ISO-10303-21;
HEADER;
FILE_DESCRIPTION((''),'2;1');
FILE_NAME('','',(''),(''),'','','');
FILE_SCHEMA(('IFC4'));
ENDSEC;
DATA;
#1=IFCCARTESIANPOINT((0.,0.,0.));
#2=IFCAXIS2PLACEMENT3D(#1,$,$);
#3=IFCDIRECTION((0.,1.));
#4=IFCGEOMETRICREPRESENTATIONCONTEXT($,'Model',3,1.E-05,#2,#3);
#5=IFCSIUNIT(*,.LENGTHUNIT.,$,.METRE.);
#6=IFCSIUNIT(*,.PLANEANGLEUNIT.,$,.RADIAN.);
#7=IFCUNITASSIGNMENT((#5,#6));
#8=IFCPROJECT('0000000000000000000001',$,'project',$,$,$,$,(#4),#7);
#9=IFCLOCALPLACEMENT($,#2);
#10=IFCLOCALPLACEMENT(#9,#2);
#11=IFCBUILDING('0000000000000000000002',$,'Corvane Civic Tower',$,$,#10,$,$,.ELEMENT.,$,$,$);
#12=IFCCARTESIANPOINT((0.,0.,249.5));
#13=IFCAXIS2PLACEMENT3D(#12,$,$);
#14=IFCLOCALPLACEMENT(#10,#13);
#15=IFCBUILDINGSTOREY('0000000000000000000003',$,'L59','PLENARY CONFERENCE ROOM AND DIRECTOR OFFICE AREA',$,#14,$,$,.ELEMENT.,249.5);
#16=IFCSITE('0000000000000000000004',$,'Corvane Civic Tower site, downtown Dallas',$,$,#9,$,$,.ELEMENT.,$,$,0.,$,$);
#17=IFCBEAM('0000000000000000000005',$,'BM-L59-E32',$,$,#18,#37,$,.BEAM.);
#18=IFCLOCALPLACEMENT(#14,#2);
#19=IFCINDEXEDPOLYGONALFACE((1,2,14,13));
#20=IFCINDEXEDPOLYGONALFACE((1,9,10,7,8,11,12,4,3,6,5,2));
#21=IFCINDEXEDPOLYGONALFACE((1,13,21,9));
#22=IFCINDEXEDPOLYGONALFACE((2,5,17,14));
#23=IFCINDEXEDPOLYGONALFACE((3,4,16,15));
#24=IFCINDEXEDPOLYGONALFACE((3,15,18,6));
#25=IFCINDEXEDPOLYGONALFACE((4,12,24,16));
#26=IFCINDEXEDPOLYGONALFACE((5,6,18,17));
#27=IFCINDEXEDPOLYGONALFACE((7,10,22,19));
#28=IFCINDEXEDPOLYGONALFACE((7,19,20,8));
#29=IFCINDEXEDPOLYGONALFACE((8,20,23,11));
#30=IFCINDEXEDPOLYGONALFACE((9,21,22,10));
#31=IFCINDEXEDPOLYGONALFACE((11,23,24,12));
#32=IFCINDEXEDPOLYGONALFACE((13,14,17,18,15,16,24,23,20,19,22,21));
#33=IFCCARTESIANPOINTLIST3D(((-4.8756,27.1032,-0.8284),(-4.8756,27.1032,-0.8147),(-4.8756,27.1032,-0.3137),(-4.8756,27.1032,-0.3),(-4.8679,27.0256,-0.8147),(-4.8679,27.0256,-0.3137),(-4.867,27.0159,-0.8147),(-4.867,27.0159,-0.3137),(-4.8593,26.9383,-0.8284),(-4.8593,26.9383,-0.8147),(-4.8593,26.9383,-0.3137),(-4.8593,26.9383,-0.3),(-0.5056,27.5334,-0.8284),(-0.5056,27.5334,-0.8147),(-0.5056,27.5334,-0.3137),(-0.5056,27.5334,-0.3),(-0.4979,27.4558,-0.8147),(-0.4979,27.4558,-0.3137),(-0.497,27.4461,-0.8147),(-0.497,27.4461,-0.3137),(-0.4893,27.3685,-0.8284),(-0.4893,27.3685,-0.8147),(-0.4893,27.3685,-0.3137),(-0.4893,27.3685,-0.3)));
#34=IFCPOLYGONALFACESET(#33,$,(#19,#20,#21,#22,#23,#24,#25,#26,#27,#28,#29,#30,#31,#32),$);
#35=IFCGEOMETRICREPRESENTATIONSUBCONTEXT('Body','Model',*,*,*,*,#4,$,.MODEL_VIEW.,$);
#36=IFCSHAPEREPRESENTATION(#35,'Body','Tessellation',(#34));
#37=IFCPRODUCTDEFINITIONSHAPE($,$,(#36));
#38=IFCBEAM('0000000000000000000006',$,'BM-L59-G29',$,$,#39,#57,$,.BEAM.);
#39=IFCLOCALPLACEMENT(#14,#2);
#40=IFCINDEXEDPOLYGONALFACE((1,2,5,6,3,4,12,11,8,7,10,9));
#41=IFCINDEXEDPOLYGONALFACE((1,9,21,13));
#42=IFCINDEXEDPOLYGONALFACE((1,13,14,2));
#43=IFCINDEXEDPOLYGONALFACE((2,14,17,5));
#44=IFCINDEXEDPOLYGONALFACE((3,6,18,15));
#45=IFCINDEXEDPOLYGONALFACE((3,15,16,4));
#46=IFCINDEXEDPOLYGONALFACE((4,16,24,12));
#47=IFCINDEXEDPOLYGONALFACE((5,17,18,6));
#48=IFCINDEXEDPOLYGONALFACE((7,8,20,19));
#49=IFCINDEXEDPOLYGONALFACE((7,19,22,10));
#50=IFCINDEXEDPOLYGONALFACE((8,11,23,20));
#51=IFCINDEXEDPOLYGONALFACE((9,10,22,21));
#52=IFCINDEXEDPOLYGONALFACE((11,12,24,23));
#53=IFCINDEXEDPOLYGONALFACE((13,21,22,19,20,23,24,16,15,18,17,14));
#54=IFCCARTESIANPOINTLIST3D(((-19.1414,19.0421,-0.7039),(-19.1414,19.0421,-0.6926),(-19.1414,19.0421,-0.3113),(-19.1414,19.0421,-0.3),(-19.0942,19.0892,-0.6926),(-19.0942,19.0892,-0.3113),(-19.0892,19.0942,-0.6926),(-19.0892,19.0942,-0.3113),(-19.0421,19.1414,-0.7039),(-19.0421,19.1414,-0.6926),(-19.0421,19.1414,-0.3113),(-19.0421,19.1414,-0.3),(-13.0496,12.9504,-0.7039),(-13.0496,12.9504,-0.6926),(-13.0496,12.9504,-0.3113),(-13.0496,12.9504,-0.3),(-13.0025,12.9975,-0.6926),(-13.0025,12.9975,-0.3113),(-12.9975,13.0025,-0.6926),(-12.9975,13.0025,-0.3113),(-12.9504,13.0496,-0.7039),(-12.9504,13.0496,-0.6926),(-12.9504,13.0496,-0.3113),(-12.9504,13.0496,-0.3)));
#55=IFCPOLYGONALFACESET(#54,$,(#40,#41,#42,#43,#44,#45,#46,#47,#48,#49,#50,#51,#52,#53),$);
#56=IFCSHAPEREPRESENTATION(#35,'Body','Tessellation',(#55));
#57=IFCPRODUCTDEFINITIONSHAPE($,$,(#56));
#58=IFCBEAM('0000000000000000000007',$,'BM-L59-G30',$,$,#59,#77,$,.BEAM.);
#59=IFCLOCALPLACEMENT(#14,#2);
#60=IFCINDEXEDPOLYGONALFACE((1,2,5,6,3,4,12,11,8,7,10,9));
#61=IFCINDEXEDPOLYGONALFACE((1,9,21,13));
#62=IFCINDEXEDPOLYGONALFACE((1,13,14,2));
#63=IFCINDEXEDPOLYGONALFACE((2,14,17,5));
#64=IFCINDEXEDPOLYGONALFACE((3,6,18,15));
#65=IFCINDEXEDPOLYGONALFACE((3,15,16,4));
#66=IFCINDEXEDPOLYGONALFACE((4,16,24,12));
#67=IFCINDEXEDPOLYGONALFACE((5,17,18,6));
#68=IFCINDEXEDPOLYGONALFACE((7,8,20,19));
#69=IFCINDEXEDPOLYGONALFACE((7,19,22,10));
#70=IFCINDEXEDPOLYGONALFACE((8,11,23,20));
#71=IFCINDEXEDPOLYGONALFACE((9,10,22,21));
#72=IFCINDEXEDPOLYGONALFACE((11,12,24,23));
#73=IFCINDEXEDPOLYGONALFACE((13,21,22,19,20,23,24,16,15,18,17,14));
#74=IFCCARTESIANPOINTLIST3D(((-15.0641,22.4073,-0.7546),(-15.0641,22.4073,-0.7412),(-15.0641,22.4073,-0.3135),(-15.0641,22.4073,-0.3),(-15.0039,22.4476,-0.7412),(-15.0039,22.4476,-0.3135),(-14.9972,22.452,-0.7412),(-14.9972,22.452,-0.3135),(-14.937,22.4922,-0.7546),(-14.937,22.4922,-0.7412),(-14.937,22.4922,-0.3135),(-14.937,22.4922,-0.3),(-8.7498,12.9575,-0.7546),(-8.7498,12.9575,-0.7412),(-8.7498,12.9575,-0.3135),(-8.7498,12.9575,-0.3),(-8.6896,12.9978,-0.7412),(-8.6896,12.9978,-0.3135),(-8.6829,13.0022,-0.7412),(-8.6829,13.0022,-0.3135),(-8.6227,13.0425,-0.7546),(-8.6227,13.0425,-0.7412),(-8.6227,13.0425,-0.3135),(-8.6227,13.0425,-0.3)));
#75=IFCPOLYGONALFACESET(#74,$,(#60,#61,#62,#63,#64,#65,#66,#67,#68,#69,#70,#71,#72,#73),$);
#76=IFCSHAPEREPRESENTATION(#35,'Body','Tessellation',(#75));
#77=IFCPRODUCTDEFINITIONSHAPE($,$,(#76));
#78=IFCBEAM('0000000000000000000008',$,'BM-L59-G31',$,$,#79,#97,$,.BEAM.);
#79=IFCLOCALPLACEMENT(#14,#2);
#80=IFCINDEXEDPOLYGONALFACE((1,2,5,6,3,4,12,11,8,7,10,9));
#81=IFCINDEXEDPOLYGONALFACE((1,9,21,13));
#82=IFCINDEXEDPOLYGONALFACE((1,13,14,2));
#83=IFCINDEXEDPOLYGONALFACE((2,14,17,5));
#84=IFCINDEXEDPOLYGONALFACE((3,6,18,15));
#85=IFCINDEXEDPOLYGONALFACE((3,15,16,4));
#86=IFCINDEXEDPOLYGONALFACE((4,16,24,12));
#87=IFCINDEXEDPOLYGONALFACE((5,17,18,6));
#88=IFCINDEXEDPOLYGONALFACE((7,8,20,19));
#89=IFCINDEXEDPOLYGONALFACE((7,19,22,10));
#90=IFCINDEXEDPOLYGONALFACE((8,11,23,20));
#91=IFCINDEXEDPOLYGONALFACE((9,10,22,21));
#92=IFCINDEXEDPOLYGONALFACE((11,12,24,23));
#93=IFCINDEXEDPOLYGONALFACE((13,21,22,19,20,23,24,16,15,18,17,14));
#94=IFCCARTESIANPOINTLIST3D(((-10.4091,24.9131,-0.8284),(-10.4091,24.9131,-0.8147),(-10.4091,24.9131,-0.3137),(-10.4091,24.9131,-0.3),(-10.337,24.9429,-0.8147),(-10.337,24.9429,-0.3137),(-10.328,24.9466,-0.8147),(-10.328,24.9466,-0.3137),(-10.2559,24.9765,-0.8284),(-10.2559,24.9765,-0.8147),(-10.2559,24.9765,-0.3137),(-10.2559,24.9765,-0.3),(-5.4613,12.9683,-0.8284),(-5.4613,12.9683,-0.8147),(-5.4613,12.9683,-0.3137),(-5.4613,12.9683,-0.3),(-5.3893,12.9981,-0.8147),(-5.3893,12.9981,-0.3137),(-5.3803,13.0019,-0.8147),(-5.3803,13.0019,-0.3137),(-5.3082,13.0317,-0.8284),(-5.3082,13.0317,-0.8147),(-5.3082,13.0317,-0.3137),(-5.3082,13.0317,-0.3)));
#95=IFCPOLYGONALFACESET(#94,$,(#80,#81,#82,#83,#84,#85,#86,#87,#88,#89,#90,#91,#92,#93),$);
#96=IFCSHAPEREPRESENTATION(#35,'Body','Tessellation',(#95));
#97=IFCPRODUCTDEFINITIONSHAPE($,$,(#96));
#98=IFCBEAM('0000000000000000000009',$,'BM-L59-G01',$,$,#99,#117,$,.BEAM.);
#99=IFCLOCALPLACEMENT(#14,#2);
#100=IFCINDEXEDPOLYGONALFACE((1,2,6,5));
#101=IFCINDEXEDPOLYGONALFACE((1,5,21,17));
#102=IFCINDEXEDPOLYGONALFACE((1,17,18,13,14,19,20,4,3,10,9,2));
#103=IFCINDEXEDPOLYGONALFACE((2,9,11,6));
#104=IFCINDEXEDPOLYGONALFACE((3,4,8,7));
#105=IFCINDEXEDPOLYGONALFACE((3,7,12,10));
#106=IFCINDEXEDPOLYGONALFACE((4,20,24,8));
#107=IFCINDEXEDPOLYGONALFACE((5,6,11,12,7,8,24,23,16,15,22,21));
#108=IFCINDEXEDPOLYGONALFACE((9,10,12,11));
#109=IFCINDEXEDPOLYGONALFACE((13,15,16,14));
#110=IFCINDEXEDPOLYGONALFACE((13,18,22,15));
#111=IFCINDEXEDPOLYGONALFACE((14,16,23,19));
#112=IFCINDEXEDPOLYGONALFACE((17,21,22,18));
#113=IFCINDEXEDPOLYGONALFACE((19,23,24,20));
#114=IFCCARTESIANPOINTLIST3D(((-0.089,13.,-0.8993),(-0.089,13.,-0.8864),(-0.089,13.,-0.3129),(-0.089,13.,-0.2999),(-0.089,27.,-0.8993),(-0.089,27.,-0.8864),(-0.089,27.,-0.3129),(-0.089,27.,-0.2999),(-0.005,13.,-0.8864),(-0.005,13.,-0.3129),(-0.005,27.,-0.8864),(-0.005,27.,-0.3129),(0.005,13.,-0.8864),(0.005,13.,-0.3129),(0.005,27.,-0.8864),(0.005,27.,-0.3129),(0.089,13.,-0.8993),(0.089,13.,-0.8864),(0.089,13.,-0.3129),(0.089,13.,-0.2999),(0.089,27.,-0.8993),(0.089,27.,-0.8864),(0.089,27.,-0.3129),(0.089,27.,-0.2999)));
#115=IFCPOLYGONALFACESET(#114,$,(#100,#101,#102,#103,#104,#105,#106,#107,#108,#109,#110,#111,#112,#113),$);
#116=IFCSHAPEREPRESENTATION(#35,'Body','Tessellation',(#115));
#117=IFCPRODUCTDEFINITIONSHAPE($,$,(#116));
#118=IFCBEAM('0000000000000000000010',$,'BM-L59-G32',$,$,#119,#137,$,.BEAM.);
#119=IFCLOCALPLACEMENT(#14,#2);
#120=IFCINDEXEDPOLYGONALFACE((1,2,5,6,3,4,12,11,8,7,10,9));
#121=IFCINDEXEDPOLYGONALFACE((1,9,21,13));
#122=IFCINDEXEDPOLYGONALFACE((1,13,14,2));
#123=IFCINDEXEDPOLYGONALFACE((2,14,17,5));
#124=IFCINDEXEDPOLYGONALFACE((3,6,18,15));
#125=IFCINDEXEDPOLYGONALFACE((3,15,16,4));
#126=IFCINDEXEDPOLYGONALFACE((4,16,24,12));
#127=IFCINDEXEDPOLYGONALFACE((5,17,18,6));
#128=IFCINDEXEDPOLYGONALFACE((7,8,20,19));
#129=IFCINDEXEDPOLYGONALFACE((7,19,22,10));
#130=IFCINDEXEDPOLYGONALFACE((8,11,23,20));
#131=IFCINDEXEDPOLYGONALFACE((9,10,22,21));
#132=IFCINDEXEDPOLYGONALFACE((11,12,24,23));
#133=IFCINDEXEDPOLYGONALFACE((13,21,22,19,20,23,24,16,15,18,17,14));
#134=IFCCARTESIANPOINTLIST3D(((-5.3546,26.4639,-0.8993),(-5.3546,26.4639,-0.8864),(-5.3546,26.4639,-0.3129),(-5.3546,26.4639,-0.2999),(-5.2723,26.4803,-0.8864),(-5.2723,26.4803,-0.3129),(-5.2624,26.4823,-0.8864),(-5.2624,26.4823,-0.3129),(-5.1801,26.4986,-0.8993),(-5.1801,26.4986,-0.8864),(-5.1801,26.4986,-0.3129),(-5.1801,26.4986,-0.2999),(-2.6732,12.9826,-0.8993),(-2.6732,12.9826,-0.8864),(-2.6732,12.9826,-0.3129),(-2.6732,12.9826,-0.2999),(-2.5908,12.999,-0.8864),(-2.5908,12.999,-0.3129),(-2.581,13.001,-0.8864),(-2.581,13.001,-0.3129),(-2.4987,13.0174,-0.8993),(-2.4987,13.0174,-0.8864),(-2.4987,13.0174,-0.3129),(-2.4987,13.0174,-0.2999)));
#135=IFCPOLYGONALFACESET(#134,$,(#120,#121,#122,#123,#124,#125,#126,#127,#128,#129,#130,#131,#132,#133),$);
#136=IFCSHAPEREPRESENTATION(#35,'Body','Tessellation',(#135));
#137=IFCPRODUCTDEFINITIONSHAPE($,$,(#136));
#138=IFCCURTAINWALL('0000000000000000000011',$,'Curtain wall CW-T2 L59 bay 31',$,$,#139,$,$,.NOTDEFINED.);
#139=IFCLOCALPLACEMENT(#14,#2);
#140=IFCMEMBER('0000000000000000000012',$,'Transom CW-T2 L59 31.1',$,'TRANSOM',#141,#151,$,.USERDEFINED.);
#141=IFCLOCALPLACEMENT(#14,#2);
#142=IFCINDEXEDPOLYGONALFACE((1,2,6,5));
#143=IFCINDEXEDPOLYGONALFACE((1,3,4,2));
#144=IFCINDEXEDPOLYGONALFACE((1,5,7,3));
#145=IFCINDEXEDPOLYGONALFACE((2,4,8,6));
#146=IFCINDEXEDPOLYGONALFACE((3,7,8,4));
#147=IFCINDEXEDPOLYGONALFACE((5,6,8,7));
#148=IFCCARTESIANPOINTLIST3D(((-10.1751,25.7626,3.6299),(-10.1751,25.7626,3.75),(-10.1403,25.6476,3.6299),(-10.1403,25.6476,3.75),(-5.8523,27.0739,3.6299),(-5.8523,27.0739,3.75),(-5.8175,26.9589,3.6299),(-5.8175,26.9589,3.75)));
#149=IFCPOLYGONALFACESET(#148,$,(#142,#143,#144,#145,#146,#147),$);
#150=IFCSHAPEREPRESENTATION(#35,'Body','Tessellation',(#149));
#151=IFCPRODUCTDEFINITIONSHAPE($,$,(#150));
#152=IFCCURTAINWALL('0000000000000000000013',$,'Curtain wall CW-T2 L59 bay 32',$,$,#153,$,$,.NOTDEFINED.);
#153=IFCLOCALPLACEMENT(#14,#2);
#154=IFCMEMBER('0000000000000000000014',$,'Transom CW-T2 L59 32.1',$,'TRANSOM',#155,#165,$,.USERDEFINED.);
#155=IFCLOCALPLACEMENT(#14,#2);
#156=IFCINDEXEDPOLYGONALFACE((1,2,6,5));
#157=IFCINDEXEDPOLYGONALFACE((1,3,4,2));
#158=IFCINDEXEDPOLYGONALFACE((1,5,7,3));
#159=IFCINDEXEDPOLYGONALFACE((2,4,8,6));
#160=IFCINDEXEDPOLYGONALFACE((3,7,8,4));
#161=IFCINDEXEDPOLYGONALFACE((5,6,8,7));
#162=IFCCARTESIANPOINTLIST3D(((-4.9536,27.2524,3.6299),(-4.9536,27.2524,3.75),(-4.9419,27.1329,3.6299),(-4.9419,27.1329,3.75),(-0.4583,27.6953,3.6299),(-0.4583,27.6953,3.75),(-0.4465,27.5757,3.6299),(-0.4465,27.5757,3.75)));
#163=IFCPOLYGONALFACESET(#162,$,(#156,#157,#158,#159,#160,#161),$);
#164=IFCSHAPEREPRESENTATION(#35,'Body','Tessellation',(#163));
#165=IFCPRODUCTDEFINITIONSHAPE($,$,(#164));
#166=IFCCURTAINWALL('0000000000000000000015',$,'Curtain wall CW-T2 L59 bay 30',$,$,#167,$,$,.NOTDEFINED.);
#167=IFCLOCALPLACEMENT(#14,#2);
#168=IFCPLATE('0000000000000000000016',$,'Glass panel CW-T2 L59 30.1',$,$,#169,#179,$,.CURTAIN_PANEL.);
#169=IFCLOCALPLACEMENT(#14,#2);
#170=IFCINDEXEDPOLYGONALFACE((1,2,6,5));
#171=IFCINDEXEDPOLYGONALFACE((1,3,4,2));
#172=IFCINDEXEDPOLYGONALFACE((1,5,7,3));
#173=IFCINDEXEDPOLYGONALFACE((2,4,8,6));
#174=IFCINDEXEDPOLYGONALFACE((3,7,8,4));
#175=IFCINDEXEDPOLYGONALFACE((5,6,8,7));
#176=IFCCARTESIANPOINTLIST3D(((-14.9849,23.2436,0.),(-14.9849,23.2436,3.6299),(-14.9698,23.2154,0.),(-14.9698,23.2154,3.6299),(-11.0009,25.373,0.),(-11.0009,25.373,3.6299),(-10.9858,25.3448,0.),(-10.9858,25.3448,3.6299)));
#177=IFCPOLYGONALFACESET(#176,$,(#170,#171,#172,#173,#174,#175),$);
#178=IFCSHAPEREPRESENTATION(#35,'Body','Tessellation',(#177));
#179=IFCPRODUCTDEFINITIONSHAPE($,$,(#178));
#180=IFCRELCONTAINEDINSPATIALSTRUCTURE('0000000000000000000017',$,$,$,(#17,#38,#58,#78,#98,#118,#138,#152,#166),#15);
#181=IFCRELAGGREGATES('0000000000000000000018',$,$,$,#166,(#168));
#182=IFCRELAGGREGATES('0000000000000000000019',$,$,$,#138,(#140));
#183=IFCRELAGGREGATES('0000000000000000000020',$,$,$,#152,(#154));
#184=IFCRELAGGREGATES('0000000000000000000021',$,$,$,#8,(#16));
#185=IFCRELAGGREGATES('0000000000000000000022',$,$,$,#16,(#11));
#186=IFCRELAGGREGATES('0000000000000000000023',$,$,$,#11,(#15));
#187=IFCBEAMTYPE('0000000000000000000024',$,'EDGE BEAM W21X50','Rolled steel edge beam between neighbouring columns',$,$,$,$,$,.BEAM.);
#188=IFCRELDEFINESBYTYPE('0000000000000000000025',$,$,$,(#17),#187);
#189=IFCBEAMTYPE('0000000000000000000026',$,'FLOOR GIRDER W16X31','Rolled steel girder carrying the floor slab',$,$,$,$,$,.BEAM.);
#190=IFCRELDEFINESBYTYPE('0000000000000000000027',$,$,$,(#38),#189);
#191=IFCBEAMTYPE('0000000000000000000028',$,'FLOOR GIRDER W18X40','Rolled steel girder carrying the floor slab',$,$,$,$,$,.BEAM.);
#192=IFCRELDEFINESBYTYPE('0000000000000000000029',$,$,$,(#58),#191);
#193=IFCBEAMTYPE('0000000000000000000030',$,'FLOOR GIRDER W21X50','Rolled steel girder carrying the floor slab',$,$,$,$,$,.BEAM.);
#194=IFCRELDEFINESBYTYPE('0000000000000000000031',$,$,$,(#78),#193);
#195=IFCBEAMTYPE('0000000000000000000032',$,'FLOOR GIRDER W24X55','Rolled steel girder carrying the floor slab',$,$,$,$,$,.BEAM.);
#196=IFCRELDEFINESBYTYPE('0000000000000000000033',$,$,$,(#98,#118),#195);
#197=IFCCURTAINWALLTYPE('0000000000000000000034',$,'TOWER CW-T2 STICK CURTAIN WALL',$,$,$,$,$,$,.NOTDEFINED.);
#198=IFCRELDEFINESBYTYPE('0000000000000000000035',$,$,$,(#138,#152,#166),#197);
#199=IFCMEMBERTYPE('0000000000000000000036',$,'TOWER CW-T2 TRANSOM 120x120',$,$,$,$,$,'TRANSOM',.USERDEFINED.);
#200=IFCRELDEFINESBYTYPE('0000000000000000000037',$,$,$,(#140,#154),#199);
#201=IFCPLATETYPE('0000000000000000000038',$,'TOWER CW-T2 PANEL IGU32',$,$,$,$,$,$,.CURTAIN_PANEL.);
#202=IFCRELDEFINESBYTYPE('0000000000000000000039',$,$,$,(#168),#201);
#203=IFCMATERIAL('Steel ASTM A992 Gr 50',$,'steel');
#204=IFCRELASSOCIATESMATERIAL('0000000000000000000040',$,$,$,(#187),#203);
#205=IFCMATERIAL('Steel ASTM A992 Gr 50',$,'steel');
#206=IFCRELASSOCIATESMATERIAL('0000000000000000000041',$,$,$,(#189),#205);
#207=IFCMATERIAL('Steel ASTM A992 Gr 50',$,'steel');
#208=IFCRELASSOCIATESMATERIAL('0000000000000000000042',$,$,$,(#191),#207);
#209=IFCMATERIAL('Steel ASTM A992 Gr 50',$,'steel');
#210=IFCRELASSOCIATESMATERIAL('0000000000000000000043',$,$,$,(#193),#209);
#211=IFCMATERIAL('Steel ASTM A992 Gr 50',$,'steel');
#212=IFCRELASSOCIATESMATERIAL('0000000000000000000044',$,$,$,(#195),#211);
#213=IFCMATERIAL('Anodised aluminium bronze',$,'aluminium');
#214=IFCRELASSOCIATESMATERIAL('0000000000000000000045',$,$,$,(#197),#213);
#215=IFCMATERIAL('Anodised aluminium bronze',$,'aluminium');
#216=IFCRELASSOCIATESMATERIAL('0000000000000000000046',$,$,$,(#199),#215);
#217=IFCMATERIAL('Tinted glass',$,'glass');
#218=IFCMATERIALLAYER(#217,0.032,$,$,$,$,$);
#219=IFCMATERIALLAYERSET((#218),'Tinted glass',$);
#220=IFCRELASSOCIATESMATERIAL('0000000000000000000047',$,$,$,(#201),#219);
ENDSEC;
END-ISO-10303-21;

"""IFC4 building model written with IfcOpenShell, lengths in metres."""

from ifc_helpers import new_model, si_unit, direction, frame, origin, origin_2d, place, context, subcontext, project, spatial, rectangle, i_section, extrude, material, layer, layer_set, material_profile, profile_set, type_object, element, aggregate, save


model = new_model("IFC4")

# Units and contexts
model_context = context("Model", 3, precision=1e-05, world=origin(), true_north=direction((0.0, 1.0)))
body_context = subcontext(model_context, "Body", "Model", "MODEL_VIEW")
ifc_project = project(units=[si_unit("LENGTHUNIT", "METRE"), si_unit("PLANEANGLEUNIT", "RADIAN")], contexts=[model_context])

# Site, building, storey
site_placement = place(None, origin())
site = spatial("IfcSite", under=ifc_project, at=site_placement, Name="Corvane Civic Tower site, downtown Dallas", CompositionType="ELEMENT", RefElevation=0.0)
building_placement = place(site_placement, origin())
building = spatial("IfcBuilding", under=site, at=building_placement, Name="Corvane Civic Tower", CompositionType="ELEMENT")
storey_placement = place(building_placement, frame((0.0, 0.0, 249.5)))
storey = spatial("IfcBuildingStorey", under=building, at=storey_placement, Name="L59", Description="PLENARY CONFERENCE ROOM AND DIRECTOR OFFICE AREA", CompositionType="ELEMENT", Elevation=249.5)

# Beams
ifc_material_1 = material(Name="Steel ASTM A992 Gr 50", Category="steel")
ifc_material_profile_1 = material_profile(ifc_material_1, i_section(OverallWidth=0.1658, OverallDepth=0.5283, WebThickness=0.0098, FlangeThickness=0.0137, at=origin_2d()), Name="W21X50")
ifc_profile_set_1 = profile_set([ifc_material_profile_1], Name="Steel ASTM A992 Gr 50")
beam_type_1 = type_object("IfcBeamType", Name="EDGE BEAM W21X50", Description="Rolled steel edge beam between neighbouring columns", PredefinedType="BEAM", material=ifc_profile_set_1)
beam_1_placement = place(storey_placement, frame((-4.8674, 27.0208, -0.5642), z_axis=(0.99519, 0.097968, 0.0), x_axis=(-0.097968, 0.99519, 0.0)))
element("IfcBeam", 1, at=beam_1_placement, inside=storey, type_object=beam_type_1, Name="BM-L59-E32", PredefinedType="BEAM", context=body_context, shape_type="SweptSolid", body=[
    extrude(i_section(OverallWidth=0.1658, OverallDepth=0.5283, WebThickness=0.0098, FlangeThickness=0.0137, at=origin_2d()), origin(), (0.0, 0.0, 1.0), 4.3911),
])
ifc_material_2 = material(Name="Steel ASTM A992 Gr 50", Category="steel")
ifc_material_profile_2 = material_profile(ifc_material_2, i_section(OverallWidth=0.1404, OverallDepth=0.4038, WebThickness=0.0071, FlangeThickness=0.0112, at=origin_2d()), Name="W16X31")
ifc_profile_set_2 = profile_set([ifc_material_profile_2], Name="Steel ASTM A992 Gr 50")
beam_type_2 = type_object("IfcBeamType", Name="FLOOR GIRDER W16X31", Description="Rolled steel girder carrying the floor slab", PredefinedType="BEAM", material=ifc_profile_set_2)
beam_2_placement = place(storey_placement, frame((-13.0, 13.0, -0.502), z_axis=(-0.707107, 0.707107, 0.0), x_axis=(-0.707107, -0.707107, 0.0)))
element("IfcBeam", 2, at=beam_2_placement, inside=storey, type_object=beam_type_2, Name="BM-L59-G29", PredefinedType="BEAM", context=body_context, shape_type="SweptSolid", body=[
    extrude(i_section(OverallWidth=0.1404, OverallDepth=0.4038, WebThickness=0.0071, FlangeThickness=0.0112, at=origin_2d()), origin(), (0.0, 0.0, 1.0), 8.615),
])
ifc_material_3 = material(Name="Steel ASTM A992 Gr 50", Category="steel")
ifc_material_profile_3 = material_profile(ifc_material_3, i_section(OverallWidth=0.1528, OverallDepth=0.4546, WebThickness=0.0081, FlangeThickness=0.0134, at=origin_2d()), Name="W18X40")
ifc_profile_set_3 = profile_set([ifc_material_profile_3], Name="Steel ASTM A992 Gr 50")
beam_type_3 = type_object("IfcBeamType", Name="FLOOR GIRDER W18X40", Description="Rolled steel girder carrying the floor slab", PredefinedType="BEAM", material=ifc_profile_set_3)
beam_3_placement = place(storey_placement, frame((-8.6863, 13.0, -0.5273), z_axis=(-0.555577, 0.831465, 0.0), x_axis=(-0.831465, -0.555577, 0.0)))
element("IfcBeam", 3, at=beam_3_placement, inside=storey, type_object=beam_type_3, Name="BM-L59-G30", PredefinedType="BEAM", context=body_context, shape_type="SweptSolid", body=[
    extrude(i_section(OverallWidth=0.1528, OverallDepth=0.4546, WebThickness=0.0081, FlangeThickness=0.0134, at=origin_2d()), origin(), (0.0, 0.0, 1.0), 11.3652),
])
ifc_material_4 = material(Name="Steel ASTM A992 Gr 50", Category="steel")
ifc_material_profile_4 = material_profile(ifc_material_4, i_section(OverallWidth=0.1658, OverallDepth=0.5283, WebThickness=0.0098, FlangeThickness=0.0137, at=origin_2d()), Name="W21X50")
ifc_profile_set_4 = profile_set([ifc_material_profile_4], Name="Steel ASTM A992 Gr 50")
beam_type_4 = type_object("IfcBeamType", Name="FLOOR GIRDER W21X50", Description="Rolled steel girder carrying the floor slab", PredefinedType="BEAM", material=ifc_profile_set_4)
beam_4_placement = place(storey_placement, frame((-5.3848, 13.0, -0.5642), z_axis=(-0.382686, 0.923878, 0.0), x_axis=(-0.923878, -0.382686, 0.0)))
element("IfcBeam", 4, at=beam_4_placement, inside=storey, type_object=beam_type_4, Name="BM-L59-G31", PredefinedType="BEAM", context=body_context, shape_type="SweptSolid", body=[
    extrude(i_section(OverallWidth=0.1658, OverallDepth=0.5283, WebThickness=0.0098, FlangeThickness=0.0137, at=origin_2d()), origin(), (0.0, 0.0, 1.0), 12.929),
])
ifc_material_5 = material(Name="Steel ASTM A992 Gr 50", Category="steel")
ifc_material_profile_5 = material_profile(ifc_material_5, i_section(OverallWidth=0.178, OverallDepth=0.5994, WebThickness=0.01, FlangeThickness=0.0129, at=origin_2d()), Name="W24X55")
ifc_profile_set_5 = profile_set([ifc_material_profile_5], Name="Steel ASTM A992 Gr 50")
beam_type_5 = type_object("IfcBeamType", Name="FLOOR GIRDER W24X55", Description="Rolled steel girder carrying the floor slab", PredefinedType="BEAM", material=ifc_profile_set_5)
beam_5_placement = place(storey_placement, frame((0.0, 13.0, -0.5996), z_axis=(0.0, 1.0, 0.0), x_axis=(-1.0, 0.0, 0.0)))
element("IfcBeam", 5, at=beam_5_placement, inside=storey, type_object=beam_type_5, Name="BM-L59-G01", PredefinedType="BEAM", context=body_context, shape_type="SweptSolid", body=[
    extrude(i_section(OverallWidth=0.178, OverallDepth=0.5994, WebThickness=0.01, FlangeThickness=0.0129, at=origin_2d()), origin(), (0.0, 0.0, 1.0), 14.0),
])
beam_6_placement = place(storey_placement, frame((-2.5859, 13.0, -0.5996), z_axis=(-0.195078, 0.980788, 0.0), x_axis=(-0.980788, -0.195078, 0.0)))
element("IfcBeam", 6, at=beam_6_placement, inside=storey, type_object=beam_type_5, Name="BM-L59-G32", PredefinedType="BEAM", context=body_context, shape_type="SweptSolid", body=[
    extrude(i_section(OverallWidth=0.178, OverallDepth=0.5994, WebThickness=0.01, FlangeThickness=0.0129, at=origin_2d()), origin(), (0.0, 0.0, 1.0), 13.7454),
])

# Curtain walls, members
ifc_material_6 = material(Name="Anodised aluminium bronze", Category="aluminium")
curtain_wall_type = type_object("IfcCurtainWallType", Name="TOWER CW-T2 STICK CURTAIN WALL", PredefinedType="NOTDEFINED", material=ifc_material_6)
curtain_wall_1_placement = place(storey_placement, origin())
curtain_wall_1 = element("IfcCurtainWall", 7, at=curtain_wall_1_placement, inside=storey, type_object=curtain_wall_type, Name="Curtain wall CW-T2 L59 bay 31", PredefinedType="NOTDEFINED")
ifc_material_7 = material(Name="Anodised aluminium bronze", Category="aluminium")
ifc_material_profile_6 = material_profile(ifc_material_7, rectangle(XDim=0.1201, YDim=0.1201, at=origin_2d()), Name="TOWER CW-T2 TRANSOM 120x120")
ifc_profile_set_6 = profile_set([ifc_material_profile_6], Name="Anodised aluminium bronze")
member_type = type_object("IfcMemberType", Name="TOWER CW-T2 TRANSOM 120x120", ElementType="TRANSOM", PredefinedType="USERDEFINED", material=ifc_profile_set_6)
member_1_placement = place(storey_placement, frame((-10.1577, 25.7051, 3.6899), z_axis=(0.956941, 0.290282, 0.0), x_axis=(-0.290282, 0.956941, 0.0)))
member_1 = element("IfcMember", 8, at=member_1_placement, type_object=member_type, Name="Transom CW-T2 L59 31.1", ObjectType="TRANSOM", PredefinedType="USERDEFINED", context=body_context, shape_type="SweptSolid", body=[
    extrude(rectangle(XDim=0.1201, YDim=0.1201, at=origin_2d()), origin(), (0.0, 0.0, 1.0), 4.5173),
])
curtain_wall_2_placement = place(storey_placement, origin())
curtain_wall_2 = element("IfcCurtainWall", 9, at=curtain_wall_2_placement, inside=storey, type_object=curtain_wall_type, Name="Curtain wall CW-T2 L59 bay 32", PredefinedType="NOTDEFINED")
member_2_placement = place(storey_placement, frame((-4.9478, 27.1926, 3.6899), z_axis=(0.995182, 0.098043, 0.0), x_axis=(-0.098043, 0.995182, 0.0)))
member_2 = element("IfcMember", 10, at=member_2_placement, type_object=member_type, Name="Transom CW-T2 L59 32.1", ObjectType="TRANSOM", PredefinedType="USERDEFINED", context=body_context, shape_type="SweptSolid", body=[
    extrude(rectangle(XDim=0.1201, YDim=0.1201, at=origin_2d()), origin(), (0.0, 0.0, 1.0), 4.5171),
])

# Curtain wall, plate
curtain_wall_3_placement = place(storey_placement, origin())
curtain_wall_3 = element("IfcCurtainWall", 11, at=curtain_wall_3_placement, inside=storey, type_object=curtain_wall_type, Name="Curtain wall CW-T2 L59 bay 30", PredefinedType="NOTDEFINED")
ifc_material_8 = material(Name="Tinted glass", Category="glass")
ifc_layer_1 = layer(ifc_material_8, 0.032)
ifc_layer_set_1 = layer_set([ifc_layer_1], Name="Tinted glass")
plate_type = type_object("IfcPlateType", Name="TOWER CW-T2 PANEL IGU32", PredefinedType="CURTAIN_PANEL", material=ifc_layer_set_1)
plate_1_placement = place(storey_placement, frame((-12.9854, 24.2942, 0.0), z_axis=(0.0, 0.0, 1.0), x_axis=(0.88192, 0.471398, 0.0)))
plate_1 = element("IfcPlate", 12, at=plate_1_placement, type_object=plate_type, Name="Glass panel CW-T2 L59 30.1", PredefinedType="CURTAIN_PANEL", context=body_context, shape_type="SweptSolid", body=[
    extrude(rectangle(XDim=4.5173, YDim=0.032, at=origin_2d()), origin(), (0.0, 0.0, 1.0), 3.6299),
])
aggregate(curtain_wall_3, [plate_1])

aggregate(curtain_wall_1, [member_1])
aggregate(curtain_wall_2, [member_2])

save(model, "model.ifc")
